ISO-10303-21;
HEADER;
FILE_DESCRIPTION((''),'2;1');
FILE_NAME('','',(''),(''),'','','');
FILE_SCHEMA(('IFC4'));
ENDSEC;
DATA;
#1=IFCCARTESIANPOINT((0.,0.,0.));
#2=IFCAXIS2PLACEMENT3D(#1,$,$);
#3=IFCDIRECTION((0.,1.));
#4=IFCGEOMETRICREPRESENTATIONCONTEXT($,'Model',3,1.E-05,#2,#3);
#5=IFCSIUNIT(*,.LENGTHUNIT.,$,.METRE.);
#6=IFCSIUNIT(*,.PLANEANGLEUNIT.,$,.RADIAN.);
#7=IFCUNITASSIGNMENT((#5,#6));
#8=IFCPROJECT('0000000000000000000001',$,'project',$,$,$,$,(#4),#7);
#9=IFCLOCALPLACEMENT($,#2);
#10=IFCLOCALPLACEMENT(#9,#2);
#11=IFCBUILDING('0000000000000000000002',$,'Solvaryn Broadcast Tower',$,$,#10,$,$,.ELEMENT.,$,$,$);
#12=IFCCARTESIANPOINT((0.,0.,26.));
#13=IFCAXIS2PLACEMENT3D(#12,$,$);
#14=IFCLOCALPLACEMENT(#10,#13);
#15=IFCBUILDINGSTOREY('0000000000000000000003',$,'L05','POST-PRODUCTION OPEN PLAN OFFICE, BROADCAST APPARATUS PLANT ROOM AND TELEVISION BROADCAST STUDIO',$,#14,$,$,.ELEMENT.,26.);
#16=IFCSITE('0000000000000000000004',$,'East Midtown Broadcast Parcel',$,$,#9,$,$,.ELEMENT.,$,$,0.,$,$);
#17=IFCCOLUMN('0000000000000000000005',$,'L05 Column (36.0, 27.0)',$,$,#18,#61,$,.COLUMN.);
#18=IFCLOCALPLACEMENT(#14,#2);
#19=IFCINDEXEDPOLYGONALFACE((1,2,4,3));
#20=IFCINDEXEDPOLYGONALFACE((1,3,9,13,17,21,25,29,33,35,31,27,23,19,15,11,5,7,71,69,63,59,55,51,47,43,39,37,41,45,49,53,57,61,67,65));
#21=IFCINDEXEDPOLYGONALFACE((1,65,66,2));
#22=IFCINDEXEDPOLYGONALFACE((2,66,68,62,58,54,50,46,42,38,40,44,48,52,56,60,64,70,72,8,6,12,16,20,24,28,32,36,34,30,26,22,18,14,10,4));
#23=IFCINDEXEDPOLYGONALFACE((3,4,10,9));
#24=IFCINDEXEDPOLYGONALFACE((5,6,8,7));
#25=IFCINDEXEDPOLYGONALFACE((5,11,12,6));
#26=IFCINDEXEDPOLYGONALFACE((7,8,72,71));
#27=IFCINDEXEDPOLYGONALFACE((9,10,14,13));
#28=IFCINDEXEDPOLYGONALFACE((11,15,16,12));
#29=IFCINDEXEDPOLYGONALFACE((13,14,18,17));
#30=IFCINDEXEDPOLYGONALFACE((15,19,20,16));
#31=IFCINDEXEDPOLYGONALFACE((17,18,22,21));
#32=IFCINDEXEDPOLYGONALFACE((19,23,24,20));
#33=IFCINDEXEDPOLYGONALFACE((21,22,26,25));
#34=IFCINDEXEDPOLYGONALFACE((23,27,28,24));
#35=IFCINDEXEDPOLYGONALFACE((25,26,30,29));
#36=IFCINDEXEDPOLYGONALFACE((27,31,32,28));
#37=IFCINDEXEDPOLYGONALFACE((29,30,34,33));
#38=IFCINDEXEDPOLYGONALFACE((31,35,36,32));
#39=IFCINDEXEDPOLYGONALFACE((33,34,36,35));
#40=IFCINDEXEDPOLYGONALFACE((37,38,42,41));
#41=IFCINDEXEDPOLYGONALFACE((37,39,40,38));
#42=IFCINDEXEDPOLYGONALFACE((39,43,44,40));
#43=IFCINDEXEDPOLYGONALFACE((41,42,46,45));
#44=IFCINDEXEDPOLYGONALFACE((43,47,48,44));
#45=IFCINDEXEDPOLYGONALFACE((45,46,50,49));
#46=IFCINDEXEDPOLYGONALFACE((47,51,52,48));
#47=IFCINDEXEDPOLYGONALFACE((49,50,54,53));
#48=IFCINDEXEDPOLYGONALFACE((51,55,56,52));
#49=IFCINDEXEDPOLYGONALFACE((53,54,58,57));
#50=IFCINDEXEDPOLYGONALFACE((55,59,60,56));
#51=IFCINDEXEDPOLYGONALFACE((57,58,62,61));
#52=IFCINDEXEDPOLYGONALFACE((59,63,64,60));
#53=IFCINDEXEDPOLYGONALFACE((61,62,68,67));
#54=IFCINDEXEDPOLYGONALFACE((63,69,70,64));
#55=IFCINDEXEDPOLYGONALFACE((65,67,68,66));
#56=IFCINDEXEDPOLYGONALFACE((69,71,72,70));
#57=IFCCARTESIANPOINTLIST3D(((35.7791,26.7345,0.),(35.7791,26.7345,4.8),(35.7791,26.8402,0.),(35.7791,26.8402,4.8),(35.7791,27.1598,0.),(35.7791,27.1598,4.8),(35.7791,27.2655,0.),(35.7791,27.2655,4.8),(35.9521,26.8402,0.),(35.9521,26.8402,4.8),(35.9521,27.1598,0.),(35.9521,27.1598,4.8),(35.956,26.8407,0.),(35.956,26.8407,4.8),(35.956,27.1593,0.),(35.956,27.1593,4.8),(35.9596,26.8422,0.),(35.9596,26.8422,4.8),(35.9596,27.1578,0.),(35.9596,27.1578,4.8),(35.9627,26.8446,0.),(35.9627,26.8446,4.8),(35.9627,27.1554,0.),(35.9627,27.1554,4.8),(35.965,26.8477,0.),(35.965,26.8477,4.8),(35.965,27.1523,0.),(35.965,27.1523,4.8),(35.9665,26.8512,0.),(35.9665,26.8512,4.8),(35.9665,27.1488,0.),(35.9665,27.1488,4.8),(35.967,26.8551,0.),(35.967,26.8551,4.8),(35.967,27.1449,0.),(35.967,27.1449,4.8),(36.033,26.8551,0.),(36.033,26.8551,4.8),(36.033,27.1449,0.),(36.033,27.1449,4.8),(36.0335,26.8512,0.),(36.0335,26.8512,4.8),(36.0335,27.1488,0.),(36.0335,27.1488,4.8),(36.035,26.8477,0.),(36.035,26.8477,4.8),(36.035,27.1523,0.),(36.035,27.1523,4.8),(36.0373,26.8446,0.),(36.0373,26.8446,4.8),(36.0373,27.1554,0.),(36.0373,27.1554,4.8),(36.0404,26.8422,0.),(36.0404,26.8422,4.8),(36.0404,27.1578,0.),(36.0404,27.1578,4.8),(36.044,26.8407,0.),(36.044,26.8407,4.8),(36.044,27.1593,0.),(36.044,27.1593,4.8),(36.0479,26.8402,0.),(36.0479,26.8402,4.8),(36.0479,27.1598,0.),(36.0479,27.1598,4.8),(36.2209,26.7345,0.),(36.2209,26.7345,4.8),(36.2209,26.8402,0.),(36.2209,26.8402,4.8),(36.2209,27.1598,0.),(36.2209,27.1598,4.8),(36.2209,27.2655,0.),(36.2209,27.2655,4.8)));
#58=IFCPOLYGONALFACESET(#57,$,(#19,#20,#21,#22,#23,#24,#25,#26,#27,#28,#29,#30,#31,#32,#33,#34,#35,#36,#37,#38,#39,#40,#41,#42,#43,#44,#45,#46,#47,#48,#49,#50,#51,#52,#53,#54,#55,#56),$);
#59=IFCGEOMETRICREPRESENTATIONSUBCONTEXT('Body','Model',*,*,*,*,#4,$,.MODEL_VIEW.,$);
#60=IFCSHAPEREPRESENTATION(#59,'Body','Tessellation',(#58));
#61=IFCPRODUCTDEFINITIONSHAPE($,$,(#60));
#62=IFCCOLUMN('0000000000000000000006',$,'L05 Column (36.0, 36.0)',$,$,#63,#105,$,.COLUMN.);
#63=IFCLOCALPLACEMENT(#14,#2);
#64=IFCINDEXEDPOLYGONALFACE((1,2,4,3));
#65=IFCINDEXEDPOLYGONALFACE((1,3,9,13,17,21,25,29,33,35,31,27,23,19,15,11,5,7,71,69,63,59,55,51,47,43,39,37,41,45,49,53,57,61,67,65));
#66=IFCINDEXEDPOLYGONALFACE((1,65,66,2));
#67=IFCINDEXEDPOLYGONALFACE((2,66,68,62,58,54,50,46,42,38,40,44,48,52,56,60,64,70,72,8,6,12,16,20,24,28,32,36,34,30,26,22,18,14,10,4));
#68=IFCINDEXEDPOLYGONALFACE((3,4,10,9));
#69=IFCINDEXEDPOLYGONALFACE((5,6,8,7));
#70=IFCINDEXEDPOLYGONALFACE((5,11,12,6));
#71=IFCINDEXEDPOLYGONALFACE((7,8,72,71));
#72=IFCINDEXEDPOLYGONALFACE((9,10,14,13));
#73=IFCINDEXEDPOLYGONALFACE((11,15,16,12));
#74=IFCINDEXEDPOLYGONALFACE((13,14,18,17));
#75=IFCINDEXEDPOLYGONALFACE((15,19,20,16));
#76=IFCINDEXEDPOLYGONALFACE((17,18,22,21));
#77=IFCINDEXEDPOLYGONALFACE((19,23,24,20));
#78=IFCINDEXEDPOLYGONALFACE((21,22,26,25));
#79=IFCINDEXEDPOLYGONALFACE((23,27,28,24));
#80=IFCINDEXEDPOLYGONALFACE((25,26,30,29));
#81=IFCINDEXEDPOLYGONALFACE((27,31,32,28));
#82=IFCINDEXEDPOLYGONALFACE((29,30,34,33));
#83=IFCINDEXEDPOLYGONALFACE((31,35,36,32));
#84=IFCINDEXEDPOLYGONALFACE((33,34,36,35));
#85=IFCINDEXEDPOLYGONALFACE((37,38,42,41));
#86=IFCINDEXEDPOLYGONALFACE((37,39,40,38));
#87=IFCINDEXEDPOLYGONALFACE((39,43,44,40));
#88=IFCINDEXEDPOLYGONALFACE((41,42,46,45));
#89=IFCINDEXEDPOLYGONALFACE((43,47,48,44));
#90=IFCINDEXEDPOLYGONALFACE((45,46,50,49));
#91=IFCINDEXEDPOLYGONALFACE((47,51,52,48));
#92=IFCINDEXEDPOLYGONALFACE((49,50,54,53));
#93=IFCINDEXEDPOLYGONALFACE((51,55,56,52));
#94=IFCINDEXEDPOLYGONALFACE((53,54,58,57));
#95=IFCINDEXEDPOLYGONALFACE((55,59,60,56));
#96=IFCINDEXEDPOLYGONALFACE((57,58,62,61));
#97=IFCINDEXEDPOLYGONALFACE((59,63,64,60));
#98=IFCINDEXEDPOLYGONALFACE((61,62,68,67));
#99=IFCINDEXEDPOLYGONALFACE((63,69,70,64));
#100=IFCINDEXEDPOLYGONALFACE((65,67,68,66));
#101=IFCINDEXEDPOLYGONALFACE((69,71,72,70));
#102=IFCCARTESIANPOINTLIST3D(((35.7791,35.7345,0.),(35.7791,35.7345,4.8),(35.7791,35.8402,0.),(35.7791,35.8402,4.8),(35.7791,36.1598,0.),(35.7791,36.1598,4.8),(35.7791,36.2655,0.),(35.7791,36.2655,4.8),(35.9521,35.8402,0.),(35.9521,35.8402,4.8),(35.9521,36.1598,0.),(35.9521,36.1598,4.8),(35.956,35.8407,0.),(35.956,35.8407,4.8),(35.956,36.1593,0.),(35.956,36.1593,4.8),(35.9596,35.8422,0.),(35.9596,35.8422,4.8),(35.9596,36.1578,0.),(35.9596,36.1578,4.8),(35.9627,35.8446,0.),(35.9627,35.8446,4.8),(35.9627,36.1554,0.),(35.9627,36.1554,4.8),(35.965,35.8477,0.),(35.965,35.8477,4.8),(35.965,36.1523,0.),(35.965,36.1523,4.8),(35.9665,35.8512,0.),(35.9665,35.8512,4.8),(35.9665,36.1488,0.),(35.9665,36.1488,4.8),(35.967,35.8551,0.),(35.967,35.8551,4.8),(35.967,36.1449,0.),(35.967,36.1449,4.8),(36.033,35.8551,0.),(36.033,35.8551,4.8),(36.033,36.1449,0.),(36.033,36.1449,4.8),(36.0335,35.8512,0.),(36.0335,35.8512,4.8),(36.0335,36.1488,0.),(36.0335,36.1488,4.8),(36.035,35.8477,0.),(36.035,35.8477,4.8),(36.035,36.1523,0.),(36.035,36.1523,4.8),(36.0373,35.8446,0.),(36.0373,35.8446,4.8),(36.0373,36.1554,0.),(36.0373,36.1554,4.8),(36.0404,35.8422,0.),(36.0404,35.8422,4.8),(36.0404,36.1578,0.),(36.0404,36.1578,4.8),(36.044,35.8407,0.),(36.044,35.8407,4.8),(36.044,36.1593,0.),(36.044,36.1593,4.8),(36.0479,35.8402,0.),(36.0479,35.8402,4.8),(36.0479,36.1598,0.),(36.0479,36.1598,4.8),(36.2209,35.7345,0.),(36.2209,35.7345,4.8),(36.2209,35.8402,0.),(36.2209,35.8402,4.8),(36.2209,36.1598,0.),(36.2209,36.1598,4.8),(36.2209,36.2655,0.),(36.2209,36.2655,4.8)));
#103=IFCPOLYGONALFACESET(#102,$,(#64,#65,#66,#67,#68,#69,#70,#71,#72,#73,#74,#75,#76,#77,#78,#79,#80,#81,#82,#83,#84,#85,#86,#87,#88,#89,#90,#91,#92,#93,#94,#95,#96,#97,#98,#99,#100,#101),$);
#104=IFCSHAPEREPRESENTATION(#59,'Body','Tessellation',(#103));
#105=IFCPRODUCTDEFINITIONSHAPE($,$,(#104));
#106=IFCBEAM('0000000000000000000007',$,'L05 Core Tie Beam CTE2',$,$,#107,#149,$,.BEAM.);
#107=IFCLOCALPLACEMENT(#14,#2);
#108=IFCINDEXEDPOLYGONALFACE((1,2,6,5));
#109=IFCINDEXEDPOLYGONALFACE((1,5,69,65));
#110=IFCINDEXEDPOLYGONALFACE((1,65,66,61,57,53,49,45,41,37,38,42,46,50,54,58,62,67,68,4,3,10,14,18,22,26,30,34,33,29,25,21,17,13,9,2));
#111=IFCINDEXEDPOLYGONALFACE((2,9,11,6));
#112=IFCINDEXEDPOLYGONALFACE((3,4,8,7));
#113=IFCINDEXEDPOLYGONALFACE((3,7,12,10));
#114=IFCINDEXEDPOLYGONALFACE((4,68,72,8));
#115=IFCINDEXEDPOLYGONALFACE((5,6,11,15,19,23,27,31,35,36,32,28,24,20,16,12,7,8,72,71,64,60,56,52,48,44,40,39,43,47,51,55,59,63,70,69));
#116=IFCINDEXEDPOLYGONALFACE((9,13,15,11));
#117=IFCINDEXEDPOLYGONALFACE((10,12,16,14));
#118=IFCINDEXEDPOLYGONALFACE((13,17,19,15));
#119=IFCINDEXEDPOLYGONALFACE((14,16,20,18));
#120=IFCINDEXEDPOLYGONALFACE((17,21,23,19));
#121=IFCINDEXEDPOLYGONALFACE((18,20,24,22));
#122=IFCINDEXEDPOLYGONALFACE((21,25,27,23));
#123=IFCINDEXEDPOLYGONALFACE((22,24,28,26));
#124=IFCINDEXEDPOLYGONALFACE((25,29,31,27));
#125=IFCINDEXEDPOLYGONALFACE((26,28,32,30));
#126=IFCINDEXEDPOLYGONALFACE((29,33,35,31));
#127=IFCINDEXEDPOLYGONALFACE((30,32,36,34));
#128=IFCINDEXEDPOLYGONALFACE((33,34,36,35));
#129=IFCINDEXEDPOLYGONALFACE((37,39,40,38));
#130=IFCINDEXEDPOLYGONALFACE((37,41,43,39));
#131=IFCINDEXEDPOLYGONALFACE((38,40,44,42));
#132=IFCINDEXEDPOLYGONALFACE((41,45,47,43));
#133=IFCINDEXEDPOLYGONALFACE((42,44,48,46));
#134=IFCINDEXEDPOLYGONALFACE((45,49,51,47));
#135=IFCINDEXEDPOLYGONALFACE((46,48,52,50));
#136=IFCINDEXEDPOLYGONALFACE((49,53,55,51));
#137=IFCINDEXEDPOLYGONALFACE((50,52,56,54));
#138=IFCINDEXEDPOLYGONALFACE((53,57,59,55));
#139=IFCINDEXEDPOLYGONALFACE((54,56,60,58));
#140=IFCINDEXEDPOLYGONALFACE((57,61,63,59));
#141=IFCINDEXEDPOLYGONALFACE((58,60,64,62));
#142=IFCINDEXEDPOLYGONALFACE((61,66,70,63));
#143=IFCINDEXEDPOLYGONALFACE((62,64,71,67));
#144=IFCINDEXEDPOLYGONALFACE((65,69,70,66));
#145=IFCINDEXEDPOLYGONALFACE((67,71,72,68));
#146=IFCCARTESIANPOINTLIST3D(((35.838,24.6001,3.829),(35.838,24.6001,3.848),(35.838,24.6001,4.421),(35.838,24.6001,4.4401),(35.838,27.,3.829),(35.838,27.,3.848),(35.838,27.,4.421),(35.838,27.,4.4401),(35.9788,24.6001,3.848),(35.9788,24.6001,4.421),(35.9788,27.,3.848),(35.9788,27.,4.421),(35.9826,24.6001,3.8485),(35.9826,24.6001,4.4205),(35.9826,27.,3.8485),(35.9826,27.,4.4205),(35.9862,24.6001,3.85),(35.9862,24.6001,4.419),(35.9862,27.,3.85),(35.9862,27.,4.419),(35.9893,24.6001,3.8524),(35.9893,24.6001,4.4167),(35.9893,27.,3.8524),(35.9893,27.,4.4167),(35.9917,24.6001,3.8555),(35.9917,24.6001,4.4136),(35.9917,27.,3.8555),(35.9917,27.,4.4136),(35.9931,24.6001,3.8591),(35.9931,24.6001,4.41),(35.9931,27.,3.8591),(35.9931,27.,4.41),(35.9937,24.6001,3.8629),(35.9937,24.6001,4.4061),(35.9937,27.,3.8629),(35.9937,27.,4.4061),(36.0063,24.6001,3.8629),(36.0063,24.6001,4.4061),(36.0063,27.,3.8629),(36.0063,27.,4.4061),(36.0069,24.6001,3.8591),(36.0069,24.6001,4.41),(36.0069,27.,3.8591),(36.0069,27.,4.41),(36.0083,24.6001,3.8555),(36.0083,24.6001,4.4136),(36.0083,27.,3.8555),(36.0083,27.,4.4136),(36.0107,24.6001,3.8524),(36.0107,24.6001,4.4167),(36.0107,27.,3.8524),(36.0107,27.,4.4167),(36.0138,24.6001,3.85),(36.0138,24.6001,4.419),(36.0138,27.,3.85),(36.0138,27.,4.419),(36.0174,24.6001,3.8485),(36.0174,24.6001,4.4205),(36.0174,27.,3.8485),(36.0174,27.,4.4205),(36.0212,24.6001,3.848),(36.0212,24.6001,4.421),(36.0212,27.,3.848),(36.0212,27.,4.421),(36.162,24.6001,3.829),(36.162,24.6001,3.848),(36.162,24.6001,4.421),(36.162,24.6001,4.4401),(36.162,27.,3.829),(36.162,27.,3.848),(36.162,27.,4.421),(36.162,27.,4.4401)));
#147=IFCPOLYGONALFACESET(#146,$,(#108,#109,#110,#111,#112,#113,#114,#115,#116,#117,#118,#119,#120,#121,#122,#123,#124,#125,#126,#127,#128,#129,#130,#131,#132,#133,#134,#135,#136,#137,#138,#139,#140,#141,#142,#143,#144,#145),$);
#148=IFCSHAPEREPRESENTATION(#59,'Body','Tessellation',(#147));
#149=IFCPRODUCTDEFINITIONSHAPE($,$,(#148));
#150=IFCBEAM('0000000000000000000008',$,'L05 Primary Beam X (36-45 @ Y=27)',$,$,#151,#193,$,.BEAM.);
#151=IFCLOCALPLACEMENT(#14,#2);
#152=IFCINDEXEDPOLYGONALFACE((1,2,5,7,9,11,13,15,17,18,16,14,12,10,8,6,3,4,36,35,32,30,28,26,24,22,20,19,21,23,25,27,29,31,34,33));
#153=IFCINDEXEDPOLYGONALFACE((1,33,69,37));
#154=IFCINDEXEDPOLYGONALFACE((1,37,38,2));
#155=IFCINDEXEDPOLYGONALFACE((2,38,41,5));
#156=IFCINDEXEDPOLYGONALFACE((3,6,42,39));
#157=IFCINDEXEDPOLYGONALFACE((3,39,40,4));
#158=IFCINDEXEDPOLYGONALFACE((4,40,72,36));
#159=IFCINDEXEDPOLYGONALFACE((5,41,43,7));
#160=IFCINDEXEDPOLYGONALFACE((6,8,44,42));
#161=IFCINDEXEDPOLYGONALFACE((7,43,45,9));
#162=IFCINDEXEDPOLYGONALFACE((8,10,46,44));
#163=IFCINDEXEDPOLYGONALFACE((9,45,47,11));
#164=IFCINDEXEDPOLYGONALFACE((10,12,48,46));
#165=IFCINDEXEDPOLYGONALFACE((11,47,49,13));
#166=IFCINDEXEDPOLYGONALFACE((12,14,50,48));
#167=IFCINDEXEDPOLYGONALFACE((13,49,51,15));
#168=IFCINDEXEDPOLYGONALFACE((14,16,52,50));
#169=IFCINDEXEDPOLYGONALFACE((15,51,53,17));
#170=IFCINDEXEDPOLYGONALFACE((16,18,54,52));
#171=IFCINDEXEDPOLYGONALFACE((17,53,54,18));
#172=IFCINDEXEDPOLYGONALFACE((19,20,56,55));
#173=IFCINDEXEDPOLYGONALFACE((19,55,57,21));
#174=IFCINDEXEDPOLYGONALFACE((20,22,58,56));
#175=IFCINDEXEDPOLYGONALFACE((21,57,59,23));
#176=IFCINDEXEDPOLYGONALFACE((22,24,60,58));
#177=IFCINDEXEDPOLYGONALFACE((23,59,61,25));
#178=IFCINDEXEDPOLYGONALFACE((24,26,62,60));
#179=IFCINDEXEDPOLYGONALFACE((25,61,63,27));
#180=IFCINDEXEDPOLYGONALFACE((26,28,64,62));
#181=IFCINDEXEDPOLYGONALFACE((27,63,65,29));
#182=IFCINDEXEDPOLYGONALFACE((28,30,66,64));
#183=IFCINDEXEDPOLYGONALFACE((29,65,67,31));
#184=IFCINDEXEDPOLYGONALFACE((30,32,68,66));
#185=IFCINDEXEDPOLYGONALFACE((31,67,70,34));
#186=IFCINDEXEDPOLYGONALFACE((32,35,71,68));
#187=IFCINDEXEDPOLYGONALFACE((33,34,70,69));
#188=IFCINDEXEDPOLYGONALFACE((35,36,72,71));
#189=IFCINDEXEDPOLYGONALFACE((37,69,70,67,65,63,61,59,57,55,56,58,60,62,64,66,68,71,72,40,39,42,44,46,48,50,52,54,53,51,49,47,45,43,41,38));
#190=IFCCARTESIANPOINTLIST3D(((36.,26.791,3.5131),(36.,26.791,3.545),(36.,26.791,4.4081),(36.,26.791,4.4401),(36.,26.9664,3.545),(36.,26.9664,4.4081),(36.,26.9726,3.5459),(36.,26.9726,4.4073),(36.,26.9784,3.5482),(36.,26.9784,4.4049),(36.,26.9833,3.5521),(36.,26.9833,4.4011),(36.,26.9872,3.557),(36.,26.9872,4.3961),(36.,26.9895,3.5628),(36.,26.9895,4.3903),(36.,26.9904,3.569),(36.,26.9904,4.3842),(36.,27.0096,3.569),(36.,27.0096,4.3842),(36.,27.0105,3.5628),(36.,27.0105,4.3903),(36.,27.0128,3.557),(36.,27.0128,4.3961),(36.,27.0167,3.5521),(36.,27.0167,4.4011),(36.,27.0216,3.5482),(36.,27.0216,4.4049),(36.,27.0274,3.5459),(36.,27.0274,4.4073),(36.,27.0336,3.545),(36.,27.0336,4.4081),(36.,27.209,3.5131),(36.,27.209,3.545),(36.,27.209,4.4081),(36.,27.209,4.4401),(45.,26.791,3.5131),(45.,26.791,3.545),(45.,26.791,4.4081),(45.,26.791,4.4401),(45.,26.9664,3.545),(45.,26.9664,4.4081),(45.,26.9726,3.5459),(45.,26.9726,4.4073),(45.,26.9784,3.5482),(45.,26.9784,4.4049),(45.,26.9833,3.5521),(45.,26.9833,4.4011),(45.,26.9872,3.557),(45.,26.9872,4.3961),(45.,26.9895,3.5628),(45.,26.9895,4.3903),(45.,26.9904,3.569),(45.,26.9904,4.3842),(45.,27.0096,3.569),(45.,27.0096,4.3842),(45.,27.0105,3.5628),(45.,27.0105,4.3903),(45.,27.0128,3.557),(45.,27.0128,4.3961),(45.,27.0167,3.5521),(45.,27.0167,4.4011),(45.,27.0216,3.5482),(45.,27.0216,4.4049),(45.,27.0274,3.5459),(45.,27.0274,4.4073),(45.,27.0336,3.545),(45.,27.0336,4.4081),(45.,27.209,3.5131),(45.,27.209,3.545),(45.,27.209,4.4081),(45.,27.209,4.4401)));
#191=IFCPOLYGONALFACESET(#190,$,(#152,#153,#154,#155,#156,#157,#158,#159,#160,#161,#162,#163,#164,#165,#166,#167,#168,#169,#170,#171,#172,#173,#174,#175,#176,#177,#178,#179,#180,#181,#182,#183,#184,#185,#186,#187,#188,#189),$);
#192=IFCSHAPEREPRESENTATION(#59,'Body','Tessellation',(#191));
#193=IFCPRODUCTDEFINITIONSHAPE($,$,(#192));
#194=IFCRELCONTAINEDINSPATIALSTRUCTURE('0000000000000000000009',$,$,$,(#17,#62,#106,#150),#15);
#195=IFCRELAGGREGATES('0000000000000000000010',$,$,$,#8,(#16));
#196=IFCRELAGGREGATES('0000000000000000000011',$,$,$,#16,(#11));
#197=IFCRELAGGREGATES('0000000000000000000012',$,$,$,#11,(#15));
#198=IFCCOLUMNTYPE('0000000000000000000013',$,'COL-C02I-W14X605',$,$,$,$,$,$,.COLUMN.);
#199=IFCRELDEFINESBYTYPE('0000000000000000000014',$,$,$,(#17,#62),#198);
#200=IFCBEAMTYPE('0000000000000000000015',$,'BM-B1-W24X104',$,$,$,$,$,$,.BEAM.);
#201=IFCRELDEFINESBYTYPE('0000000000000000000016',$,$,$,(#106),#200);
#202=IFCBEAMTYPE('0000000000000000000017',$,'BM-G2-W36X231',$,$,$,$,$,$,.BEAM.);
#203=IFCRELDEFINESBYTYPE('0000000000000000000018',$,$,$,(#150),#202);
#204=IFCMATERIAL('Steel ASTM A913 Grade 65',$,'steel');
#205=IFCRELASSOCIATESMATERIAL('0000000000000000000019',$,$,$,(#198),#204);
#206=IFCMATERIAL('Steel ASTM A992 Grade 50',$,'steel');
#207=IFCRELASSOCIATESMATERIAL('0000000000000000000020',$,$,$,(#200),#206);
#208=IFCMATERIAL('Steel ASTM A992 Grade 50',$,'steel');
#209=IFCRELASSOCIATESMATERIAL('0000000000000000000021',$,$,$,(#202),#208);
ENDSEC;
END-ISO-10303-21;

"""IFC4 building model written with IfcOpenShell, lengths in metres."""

from ifc_helpers import new_model, si_unit, direction, frame, origin, origin_2d, place, context, subcontext, project, spatial, i_section, extrude, material, material_profile, profile_set, type_object, element, save


model = new_model("IFC4")

# Units and contexts
model_context = context("Model", 3, precision=1e-05, world=origin(), true_north=direction((0.0, 1.0)))
body_context = subcontext(model_context, "Body", "Model", "MODEL_VIEW")
ifc_project = project(units=[si_unit("LENGTHUNIT", "METRE"), si_unit("PLANEANGLEUNIT", "RADIAN")], contexts=[model_context])

# Site, building, storey
site_placement = place(None, origin())
site = spatial("IfcSite", under=ifc_project, at=site_placement, Name="East Midtown Broadcast Parcel", CompositionType="ELEMENT", RefElevation=0.0)
building_placement = place(site_placement, origin())
building = spatial("IfcBuilding", under=site, at=building_placement, Name="Solvaryn Broadcast Tower", CompositionType="ELEMENT")
storey_placement = place(building_placement, frame((0.0, 0.0, 26.0)))
storey = spatial("IfcBuildingStorey", under=building, at=storey_placement, Name="L05", Description="POST-PRODUCTION OPEN PLAN OFFICE, BROADCAST APPARATUS PLANT ROOM AND TELEVISION BROADCAST STUDIO", CompositionType="ELEMENT", Elevation=26.0)

# Columns
ifc_material_1 = material(Name="Steel ASTM A913 Grade 65", Category="steel")
ifc_material_profile_1 = material_profile(ifc_material_1, i_section(OverallWidth=0.4419, OverallDepth=0.531, WebThickness=0.0659, FlangeThickness=0.1057, FilletRadius=0.0149, at=origin_2d()))
ifc_profile_set_1 = profile_set([ifc_material_profile_1], Name="Steel ASTM A913 Grade 65")
column_type = type_object("IfcColumnType", Name="COL-C02I-W14X605", PredefinedType="COLUMN", material=ifc_profile_set_1)
for number, where, z_axis, x_axis, name in (
    (1, (36.0, 27.0, 0.0), (0.0, 0.0, 1.0), (1.0, 0.0, 0.0), "L05 Column (36.0, 27.0)"),
    (2, (36.0, 36.0, 0.0), (0.0, 0.0, 1.0), (1.0, 0.0, 0.0), "L05 Column (36.0, 36.0)"),
):
    element("IfcColumn", number, at=place(storey_placement, frame(where, z_axis=z_axis, x_axis=x_axis)), inside=storey, type_object=column_type, Name=name, PredefinedType="COLUMN", context=body_context, shape_type="SweptSolid", body=[
        extrude(i_section(OverallWidth=0.4419, OverallDepth=0.531, WebThickness=0.0659, FlangeThickness=0.1057, FilletRadius=0.0149, at=origin_2d()), origin(), (0.0, 0.0, 1.0), 4.8),
    ])

# Beams
ifc_material_2 = material(Name="Steel ASTM A992 Grade 50", Category="steel")
ifc_material_profile_2 = material_profile(ifc_material_2, i_section(OverallWidth=0.324, OverallDepth=0.6111, WebThickness=0.0127, FlangeThickness=0.019, FilletRadius=0.0149, at=origin_2d()))
ifc_profile_set_2 = profile_set([ifc_material_profile_2], Name="Steel ASTM A992 Grade 50")
beam_type_1 = type_object("IfcBeamType", Name="BM-B1-W24X104", PredefinedType="BEAM", material=ifc_profile_set_2)
beam_placement = place(storey_placement, frame((36.0, 24.6001, 4.1345), z_axis=(0.0, 1.0, 0.0), x_axis=(-1.0, 0.0, 0.0)))
element("IfcBeam", 3, at=beam_placement, inside=storey, type_object=beam_type_1, Name="L05 Core Tie Beam CTE2", PredefinedType="BEAM", context=body_context, shape_type="SweptSolid", body=[
    extrude(i_section(OverallWidth=0.324, OverallDepth=0.6111, WebThickness=0.0127, FlangeThickness=0.019, FilletRadius=0.0149, at=origin_2d()), origin(), (0.0, 0.0, 1.0), 2.3999),
])
ifc_material_3 = material(Name="Steel ASTM A992 Grade 50", Category="steel")
ifc_material_profile_3 = material_profile(ifc_material_3, i_section(OverallWidth=0.418, OverallDepth=0.927, WebThickness=0.0193, FlangeThickness=0.032, FilletRadius=0.0239, at=origin_2d()))
ifc_profile_set_3 = profile_set([ifc_material_profile_3], Name="Steel ASTM A992 Grade 50")
beam_type_2 = type_object("IfcBeamType", Name="BM-G2-W36X231", PredefinedType="BEAM", material=ifc_profile_set_3)
for number, where, z_axis, x_axis, name in (
    (4, (36.0, 27.0, 3.9766), (1.0, 0.0, 0.0), (0.0, 1.0, 0.0), "L05 Primary Beam X (36-45 @ Y=27)"),
):
    element("IfcBeam", number, at=place(storey_placement, frame(where, z_axis=z_axis, x_axis=x_axis)), inside=storey, type_object=beam_type_2, Name=name, PredefinedType="BEAM", context=body_context, shape_type="SweptSolid", body=[
        extrude(i_section(OverallWidth=0.418, OverallDepth=0.927, WebThickness=0.0193, FlangeThickness=0.032, FilletRadius=0.0239, at=origin_2d()), origin(), (0.0, 0.0, 1.0), 9.0),
    ])

save(model, "model.ifc")
